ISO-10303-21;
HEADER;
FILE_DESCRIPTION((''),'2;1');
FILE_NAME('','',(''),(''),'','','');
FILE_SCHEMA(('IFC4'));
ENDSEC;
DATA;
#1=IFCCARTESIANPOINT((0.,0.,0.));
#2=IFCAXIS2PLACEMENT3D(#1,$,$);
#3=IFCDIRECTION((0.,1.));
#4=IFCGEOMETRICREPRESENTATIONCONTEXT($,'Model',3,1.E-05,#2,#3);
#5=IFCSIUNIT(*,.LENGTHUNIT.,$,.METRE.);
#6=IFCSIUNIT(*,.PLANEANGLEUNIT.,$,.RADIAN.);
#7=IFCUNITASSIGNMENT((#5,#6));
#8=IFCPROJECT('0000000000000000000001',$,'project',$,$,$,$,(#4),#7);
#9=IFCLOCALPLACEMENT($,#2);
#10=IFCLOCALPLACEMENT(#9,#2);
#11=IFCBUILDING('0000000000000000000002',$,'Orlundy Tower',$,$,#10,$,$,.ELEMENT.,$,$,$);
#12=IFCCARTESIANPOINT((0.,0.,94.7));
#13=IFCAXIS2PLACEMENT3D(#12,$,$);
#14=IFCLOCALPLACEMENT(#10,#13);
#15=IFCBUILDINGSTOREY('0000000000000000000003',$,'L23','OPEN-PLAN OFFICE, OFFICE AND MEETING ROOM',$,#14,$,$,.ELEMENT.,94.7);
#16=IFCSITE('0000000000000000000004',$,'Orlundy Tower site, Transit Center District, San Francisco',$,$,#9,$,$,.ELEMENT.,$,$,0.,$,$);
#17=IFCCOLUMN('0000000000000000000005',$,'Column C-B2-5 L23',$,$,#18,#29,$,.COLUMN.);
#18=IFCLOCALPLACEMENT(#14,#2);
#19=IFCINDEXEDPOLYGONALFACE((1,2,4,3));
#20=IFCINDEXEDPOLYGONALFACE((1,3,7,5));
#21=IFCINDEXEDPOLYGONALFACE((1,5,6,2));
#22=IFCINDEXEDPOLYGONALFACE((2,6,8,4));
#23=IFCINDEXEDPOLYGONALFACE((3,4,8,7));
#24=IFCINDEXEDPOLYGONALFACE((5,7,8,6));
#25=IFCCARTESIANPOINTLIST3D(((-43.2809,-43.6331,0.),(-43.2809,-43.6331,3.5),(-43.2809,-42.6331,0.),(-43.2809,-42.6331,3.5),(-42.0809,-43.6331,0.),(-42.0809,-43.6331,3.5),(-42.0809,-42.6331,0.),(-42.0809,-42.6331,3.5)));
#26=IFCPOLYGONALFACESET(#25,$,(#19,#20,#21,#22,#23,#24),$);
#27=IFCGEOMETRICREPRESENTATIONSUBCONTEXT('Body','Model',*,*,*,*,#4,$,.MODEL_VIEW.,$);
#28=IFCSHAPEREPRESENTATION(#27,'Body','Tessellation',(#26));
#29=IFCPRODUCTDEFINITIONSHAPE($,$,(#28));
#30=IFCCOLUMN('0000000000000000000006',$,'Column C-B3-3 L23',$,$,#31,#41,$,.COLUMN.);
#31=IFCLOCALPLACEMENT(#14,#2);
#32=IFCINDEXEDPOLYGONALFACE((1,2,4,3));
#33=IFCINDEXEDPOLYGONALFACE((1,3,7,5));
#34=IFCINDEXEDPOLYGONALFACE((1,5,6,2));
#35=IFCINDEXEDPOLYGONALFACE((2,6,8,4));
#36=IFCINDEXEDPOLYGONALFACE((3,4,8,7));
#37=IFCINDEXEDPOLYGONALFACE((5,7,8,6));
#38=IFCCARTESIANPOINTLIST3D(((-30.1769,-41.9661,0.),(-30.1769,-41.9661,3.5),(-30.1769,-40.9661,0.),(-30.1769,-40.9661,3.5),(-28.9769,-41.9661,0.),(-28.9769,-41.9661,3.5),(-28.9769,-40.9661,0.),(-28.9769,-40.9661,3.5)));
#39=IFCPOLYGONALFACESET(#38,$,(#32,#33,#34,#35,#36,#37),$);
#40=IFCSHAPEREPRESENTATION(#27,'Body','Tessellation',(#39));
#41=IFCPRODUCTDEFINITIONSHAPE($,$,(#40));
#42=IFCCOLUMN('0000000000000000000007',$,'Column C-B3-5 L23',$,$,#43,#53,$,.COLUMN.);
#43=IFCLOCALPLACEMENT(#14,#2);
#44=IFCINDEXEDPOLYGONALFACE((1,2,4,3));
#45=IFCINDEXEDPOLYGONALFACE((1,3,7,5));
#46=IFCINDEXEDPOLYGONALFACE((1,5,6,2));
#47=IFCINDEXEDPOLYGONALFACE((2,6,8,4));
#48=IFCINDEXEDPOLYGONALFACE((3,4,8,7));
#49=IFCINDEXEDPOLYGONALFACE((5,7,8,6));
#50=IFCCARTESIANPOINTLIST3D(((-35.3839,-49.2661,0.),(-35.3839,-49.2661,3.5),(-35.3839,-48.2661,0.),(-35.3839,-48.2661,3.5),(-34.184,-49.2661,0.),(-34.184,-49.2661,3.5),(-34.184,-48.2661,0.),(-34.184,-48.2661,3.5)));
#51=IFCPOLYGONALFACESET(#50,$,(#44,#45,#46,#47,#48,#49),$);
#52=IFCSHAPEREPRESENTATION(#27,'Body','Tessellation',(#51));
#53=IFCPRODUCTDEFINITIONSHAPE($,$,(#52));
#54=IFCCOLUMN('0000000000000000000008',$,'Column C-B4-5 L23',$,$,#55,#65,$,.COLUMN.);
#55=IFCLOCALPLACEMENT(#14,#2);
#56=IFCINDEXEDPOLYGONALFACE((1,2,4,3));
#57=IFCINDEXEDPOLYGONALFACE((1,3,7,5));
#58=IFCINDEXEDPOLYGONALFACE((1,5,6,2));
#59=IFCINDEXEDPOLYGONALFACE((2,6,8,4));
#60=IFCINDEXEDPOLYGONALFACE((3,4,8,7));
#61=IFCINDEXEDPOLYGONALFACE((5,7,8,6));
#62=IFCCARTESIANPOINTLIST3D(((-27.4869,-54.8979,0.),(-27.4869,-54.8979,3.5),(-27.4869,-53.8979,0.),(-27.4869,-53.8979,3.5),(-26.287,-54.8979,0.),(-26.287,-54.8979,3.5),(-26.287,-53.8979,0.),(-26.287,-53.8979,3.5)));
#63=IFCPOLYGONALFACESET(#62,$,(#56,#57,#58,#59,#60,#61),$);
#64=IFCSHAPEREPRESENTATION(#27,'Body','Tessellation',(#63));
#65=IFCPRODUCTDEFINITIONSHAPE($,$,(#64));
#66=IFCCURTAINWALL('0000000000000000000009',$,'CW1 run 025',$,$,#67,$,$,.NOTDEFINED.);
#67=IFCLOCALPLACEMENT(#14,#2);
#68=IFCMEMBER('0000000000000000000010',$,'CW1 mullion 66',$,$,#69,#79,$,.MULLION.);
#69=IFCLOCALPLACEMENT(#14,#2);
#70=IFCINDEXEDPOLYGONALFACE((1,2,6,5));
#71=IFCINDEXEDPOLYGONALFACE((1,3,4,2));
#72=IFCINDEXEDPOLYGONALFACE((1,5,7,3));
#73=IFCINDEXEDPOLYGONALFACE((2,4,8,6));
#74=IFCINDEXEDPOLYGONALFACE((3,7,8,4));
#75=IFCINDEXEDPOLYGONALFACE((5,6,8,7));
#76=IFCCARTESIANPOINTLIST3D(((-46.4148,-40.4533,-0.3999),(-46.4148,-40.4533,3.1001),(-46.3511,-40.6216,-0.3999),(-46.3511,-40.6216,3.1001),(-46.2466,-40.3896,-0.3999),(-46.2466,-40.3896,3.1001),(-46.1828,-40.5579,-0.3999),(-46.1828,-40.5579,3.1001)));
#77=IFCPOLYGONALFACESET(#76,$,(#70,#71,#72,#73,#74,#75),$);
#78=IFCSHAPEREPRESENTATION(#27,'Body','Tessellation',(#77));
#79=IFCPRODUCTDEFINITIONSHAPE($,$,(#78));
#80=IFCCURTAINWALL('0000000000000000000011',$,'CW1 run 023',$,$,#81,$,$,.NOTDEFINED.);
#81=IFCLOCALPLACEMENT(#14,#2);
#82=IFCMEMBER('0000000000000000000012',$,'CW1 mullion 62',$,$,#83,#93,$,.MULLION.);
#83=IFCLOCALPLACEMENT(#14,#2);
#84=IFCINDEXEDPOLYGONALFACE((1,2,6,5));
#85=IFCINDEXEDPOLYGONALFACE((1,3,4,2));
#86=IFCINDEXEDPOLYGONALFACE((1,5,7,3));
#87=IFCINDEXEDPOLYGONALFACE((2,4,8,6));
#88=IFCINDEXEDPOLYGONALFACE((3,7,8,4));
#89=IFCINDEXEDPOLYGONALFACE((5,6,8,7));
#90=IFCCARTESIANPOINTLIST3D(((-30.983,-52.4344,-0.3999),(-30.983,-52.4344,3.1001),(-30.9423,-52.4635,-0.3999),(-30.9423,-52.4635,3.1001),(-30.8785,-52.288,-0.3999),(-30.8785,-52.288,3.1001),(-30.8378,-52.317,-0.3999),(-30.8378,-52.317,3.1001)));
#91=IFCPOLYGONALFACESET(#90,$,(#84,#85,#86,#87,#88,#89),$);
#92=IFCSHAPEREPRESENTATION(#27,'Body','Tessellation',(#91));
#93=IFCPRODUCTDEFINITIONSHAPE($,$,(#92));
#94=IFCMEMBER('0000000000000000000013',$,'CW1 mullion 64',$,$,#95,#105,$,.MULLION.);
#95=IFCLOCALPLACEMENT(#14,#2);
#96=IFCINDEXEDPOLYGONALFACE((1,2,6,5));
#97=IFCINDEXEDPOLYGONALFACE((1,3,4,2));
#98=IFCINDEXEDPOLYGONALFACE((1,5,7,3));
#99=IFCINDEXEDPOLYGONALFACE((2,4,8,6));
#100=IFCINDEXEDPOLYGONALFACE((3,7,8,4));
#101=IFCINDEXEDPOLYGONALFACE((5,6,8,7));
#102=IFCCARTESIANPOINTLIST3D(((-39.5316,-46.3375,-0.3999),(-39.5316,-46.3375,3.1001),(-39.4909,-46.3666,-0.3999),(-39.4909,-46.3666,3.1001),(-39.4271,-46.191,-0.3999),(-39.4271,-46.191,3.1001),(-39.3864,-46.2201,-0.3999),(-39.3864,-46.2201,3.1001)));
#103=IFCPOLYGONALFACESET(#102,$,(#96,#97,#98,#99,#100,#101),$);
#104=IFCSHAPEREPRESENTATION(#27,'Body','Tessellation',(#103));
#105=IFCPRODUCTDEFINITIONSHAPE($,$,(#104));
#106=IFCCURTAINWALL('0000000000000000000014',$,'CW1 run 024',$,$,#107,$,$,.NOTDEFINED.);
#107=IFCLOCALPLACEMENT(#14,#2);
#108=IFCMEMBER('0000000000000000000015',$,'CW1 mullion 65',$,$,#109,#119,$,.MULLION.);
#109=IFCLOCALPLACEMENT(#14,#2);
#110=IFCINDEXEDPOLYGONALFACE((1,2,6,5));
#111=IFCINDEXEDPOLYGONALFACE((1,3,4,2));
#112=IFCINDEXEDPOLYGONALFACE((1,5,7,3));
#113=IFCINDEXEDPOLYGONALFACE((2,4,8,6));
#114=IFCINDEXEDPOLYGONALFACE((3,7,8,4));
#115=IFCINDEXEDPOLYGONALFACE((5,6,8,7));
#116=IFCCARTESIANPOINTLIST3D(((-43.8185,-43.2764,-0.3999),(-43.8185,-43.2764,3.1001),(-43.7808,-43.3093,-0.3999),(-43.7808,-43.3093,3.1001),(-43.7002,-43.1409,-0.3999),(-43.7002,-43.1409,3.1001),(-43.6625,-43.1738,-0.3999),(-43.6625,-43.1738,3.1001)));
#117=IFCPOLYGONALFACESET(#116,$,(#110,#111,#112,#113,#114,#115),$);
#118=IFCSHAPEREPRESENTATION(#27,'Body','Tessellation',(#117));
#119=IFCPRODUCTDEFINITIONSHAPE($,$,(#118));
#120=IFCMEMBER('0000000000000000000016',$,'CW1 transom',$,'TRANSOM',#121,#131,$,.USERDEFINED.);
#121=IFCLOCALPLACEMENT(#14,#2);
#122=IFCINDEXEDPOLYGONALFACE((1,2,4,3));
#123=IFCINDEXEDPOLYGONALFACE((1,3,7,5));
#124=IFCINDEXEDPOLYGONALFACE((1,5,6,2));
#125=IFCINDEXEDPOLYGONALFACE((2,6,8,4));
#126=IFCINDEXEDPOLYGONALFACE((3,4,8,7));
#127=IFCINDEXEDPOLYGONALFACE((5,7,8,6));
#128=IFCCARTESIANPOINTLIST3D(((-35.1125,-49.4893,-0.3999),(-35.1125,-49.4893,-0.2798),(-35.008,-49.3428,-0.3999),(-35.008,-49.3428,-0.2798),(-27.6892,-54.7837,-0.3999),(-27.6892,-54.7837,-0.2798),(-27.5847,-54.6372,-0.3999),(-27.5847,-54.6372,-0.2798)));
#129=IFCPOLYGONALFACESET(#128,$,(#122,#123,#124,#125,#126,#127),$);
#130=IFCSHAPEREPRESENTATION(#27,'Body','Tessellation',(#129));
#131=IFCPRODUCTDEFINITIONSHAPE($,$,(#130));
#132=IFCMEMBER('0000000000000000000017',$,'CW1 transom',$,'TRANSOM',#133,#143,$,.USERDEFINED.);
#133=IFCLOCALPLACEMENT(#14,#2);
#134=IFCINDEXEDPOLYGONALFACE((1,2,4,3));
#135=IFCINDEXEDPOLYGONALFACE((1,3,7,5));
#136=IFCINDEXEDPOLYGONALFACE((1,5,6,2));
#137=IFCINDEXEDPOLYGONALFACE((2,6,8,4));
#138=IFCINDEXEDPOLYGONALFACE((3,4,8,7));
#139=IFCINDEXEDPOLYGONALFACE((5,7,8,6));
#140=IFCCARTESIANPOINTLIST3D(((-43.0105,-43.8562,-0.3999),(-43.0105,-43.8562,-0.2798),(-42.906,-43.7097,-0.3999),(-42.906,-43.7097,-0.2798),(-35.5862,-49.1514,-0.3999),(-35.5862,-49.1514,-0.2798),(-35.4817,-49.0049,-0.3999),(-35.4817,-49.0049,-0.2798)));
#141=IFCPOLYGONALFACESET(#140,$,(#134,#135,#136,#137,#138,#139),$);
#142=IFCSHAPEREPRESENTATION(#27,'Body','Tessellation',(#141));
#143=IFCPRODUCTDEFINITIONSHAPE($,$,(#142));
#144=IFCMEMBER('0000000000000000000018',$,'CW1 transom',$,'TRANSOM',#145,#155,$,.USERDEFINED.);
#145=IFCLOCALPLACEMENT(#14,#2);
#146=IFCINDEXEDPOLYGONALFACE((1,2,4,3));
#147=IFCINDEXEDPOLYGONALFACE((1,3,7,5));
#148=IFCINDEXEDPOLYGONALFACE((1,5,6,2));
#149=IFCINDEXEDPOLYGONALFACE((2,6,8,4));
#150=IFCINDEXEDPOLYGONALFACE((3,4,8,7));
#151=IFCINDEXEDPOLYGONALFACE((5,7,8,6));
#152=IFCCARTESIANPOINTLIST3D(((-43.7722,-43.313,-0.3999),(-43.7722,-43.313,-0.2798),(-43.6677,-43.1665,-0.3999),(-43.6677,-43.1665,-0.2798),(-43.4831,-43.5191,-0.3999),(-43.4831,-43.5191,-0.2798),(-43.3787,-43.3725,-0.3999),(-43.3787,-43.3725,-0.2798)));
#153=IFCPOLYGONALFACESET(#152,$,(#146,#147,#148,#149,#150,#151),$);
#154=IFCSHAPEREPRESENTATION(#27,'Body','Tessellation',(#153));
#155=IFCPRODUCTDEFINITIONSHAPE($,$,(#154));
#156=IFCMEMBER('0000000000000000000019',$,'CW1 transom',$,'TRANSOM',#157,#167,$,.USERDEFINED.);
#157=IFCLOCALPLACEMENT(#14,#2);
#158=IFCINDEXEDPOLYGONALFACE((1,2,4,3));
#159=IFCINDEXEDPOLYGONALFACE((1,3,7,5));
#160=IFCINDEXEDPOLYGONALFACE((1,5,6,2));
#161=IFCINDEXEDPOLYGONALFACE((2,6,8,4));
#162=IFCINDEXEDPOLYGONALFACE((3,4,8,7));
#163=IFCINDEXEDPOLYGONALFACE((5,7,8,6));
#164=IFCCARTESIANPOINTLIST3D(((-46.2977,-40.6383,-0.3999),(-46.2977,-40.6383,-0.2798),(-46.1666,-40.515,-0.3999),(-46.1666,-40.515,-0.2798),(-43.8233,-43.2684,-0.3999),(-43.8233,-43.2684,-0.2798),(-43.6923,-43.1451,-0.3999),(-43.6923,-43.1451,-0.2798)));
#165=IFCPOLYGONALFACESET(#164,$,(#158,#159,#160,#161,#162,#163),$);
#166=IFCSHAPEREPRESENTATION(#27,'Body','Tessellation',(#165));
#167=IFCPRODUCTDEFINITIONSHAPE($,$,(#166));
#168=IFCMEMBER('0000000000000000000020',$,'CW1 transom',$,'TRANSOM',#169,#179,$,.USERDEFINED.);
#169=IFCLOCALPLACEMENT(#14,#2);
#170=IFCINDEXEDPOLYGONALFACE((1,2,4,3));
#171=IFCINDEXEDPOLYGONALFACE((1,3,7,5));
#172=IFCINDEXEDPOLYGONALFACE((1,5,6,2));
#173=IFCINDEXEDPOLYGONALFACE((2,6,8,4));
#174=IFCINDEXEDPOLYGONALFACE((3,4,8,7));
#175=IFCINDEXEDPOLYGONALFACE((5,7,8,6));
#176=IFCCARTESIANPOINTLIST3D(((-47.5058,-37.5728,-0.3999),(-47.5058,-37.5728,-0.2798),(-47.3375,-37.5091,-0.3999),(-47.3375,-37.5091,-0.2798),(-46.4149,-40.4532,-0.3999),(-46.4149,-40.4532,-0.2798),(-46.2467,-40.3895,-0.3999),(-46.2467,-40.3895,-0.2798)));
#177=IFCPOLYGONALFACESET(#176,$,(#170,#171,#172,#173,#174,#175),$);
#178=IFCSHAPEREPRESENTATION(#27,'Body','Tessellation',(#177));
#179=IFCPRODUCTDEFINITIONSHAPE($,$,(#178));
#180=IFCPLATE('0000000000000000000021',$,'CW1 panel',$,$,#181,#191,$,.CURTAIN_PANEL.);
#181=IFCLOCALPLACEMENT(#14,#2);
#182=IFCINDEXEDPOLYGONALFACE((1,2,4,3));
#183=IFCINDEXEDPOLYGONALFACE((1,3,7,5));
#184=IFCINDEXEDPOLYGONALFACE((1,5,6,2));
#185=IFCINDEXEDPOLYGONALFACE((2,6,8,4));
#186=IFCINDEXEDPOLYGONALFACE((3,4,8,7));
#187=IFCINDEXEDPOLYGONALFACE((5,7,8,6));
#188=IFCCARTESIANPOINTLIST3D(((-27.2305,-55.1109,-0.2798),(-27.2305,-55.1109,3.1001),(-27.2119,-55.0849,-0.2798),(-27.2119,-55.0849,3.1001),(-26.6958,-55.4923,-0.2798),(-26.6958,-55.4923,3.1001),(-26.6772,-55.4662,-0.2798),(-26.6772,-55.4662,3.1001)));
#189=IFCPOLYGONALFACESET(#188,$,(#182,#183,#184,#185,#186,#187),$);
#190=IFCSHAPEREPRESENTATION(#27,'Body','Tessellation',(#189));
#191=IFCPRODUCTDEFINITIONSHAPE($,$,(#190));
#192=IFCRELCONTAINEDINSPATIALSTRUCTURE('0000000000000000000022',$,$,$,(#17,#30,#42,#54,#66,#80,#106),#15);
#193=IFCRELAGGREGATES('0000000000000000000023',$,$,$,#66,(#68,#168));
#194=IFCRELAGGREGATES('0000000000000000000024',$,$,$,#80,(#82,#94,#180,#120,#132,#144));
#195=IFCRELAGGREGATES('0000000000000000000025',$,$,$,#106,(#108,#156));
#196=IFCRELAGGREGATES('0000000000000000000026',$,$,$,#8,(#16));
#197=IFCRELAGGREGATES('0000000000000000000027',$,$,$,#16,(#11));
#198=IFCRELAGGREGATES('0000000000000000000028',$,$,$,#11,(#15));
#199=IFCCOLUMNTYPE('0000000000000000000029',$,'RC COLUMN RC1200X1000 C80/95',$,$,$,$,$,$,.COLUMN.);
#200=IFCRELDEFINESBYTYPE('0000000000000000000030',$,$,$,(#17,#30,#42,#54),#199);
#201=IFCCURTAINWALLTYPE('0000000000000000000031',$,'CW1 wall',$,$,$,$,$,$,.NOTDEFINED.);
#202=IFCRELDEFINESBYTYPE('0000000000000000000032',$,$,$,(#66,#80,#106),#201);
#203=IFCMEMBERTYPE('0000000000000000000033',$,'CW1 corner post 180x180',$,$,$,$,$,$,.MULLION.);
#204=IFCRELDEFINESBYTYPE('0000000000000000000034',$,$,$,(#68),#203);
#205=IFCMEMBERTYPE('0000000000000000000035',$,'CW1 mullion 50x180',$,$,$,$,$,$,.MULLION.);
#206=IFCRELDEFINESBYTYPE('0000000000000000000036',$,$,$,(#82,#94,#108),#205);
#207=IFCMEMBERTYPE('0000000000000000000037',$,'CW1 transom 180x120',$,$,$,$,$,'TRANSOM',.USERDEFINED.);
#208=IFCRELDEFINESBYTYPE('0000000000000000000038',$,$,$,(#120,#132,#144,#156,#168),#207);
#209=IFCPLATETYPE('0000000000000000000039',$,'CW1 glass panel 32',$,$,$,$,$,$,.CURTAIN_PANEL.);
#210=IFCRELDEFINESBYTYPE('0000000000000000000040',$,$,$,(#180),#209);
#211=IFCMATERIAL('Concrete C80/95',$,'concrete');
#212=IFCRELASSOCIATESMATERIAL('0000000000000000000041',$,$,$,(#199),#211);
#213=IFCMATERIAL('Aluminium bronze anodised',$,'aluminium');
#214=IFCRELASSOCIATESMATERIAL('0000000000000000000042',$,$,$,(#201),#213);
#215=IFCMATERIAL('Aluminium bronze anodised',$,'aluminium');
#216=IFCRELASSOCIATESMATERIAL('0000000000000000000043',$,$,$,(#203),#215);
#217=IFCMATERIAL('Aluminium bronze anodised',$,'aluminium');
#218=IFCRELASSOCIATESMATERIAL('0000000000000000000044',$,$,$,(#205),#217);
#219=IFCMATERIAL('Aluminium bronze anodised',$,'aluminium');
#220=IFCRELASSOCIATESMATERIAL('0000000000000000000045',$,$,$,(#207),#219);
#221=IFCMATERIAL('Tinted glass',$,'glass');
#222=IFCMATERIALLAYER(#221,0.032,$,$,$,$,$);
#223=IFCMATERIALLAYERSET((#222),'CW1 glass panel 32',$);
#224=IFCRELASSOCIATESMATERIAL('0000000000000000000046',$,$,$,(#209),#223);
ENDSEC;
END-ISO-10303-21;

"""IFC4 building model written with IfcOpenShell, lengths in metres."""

from ifc_helpers import new_model, si_unit, direction, frame, origin, origin_2d, place, context, subcontext, project, spatial, rectangle, extrude, material, layer, layer_set, material_profile, profile_set, type_object, element, aggregate, save


model = new_model("IFC4")

# Units and contexts
model_context = context("Model", 3, precision=1e-05, world=origin(), true_north=direction((0.0, 1.0)))
body_context = subcontext(model_context, "Body", "Model", "MODEL_VIEW")
ifc_project = project(units=[si_unit("LENGTHUNIT", "METRE"), si_unit("PLANEANGLEUNIT", "RADIAN")], contexts=[model_context])

# Site, building, storey
site_placement = place(None, origin())
site = spatial("IfcSite", under=ifc_project, at=site_placement, Name="Orlundy Tower site, Transit Center District, San Francisco", CompositionType="ELEMENT", RefElevation=0.0)
building_placement = place(site_placement, origin())
building = spatial("IfcBuilding", under=site, at=building_placement, Name="Orlundy Tower", CompositionType="ELEMENT")
storey_placement = place(building_placement, frame((0.0, 0.0, 94.7)))
storey = spatial("IfcBuildingStorey", under=building, at=storey_placement, Name="L23", Description="OPEN-PLAN OFFICE, OFFICE AND MEETING ROOM", CompositionType="ELEMENT", Elevation=94.7)

# Columns
ifc_material_1 = material(Name="Concrete C80/95", Category="concrete")
ifc_material_profile_1 = material_profile(ifc_material_1, rectangle(XDim=1.2, YDim=1.0, at=origin_2d()), Name="RC1200X1000")
ifc_profile_set_1 = profile_set([ifc_material_profile_1], Name="Concrete C80/95")
column_type = type_object("IfcColumnType", Name="RC COLUMN RC1200X1000 C80/95", PredefinedType="COLUMN", material=ifc_profile_set_1)
for number, where, z_axis, x_axis, name in (
    (1, (-42.6809, -43.1331, 0.0), (0.0, 0.0, 1.0), (1.0, 0.0, 0.0), "Column C-B2-5 L23"),
    (2, (-29.5769, -41.4661, 0.0), (0.0, 0.0, 1.0), (1.0, 0.0, 0.0), "Column C-B3-3 L23"),
    (3, (-34.7839, -48.7661, 0.0), (0.0, 0.0, 1.0), (1.0, 0.0, 0.0), "Column C-B3-5 L23"),
    (4, (-26.887, -54.3979, 0.0), (0.0, 0.0, 1.0), (1.0, 0.0, 0.0), "Column C-B4-5 L23"),
):
    element("IfcColumn", number, at=place(storey_placement, frame(where, z_axis=z_axis, x_axis=x_axis)), inside=storey, type_object=column_type, Name=name, PredefinedType="COLUMN", context=body_context, shape_type="SweptSolid", body=[
        extrude(rectangle(XDim=1.2, YDim=1.0, at=origin_2d()), origin(), (0.0, 0.0, 1.0), 3.5),
    ])

# Curtain wall, member
ifc_material_2 = material(Name="Aluminium bronze anodised", Category="aluminium")
curtain_wall_type = type_object("IfcCurtainWallType", Name="CW1 wall", PredefinedType="NOTDEFINED", material=ifc_material_2)
curtain_wall_1_placement = place(storey_placement, origin())
curtain_wall_1 = element("IfcCurtainWall", 5, at=curtain_wall_1_placement, inside=storey, type_object=curtain_wall_type, Name="CW1 run 025", PredefinedType="NOTDEFINED")
ifc_material_3 = material(Name="Aluminium bronze anodised", Category="aluminium")
ifc_material_profile_2 = material_profile(ifc_material_3, rectangle(XDim=0.1799, YDim=0.1799, at=origin_2d()), Name="CW1 corner post 180x180")
ifc_profile_set_2 = profile_set([ifc_material_profile_2], Name="Aluminium bronze anodised")
member_type_1 = type_object("IfcMemberType", Name="CW1 corner post 180x180", PredefinedType="MULLION", material=ifc_profile_set_2)
member_1_placement = place(storey_placement, frame((-46.2988, -40.5056, -0.3999), z_axis=(0.0, 0.0, 1.0), x_axis=(-0.935182, -0.354166, 0.0)))
member_1 = element("IfcMember", 6, at=member_1_placement, type_object=member_type_1, Name="CW1 mullion 66", PredefinedType="MULLION", context=body_context, shape_type="SweptSolid", body=[
    extrude(rectangle(XDim=0.1799, YDim=0.1799, at=origin_2d()), origin(), (0.0, 0.0, 1.0), 3.5),
])

# Curtain wall, members
curtain_wall_2_placement = place(storey_placement, origin())
curtain_wall_2 = element("IfcCurtainWall", 7, at=curtain_wall_2_placement, inside=storey, type_object=curtain_wall_type, Name="CW1 run 023", PredefinedType="NOTDEFINED")
ifc_material_4 = material(Name="Aluminium bronze anodised", Category="aluminium")
ifc_material_profile_3 = material_profile(ifc_material_4, rectangle(XDim=0.1799, YDim=0.05, at=origin_2d()), Name="CW1 mullion 50x180")
ifc_profile_set_3 = profile_set([ifc_material_profile_3], Name="Aluminium bronze anodised")
member_type_2 = type_object("IfcMemberType", Name="CW1 mullion 50x180", PredefinedType="MULLION", material=ifc_profile_set_3)
member_2_placement = place(storey_placement, frame((-30.9104, -52.3757, -0.3999), z_axis=(0.0, 0.0, 1.0), x_axis=(-0.580666, -0.814142, 0.0)))
member_2 = element("IfcMember", 8, at=member_2_placement, type_object=member_type_2, Name="CW1 mullion 62", PredefinedType="MULLION", context=body_context, shape_type="SweptSolid", body=[
    extrude(rectangle(XDim=0.1799, YDim=0.05, at=origin_2d()), origin(), (0.0, 0.0, 1.0), 3.5),
])
member_3_placement = place(storey_placement, frame((-39.459, -46.2788, -0.3999), z_axis=(0.0, 0.0, 1.0), x_axis=(-0.580666, -0.814142, 0.0)))
member_3 = element("IfcMember", 9, at=member_3_placement, type_object=member_type_2, Name="CW1 mullion 64", PredefinedType="MULLION", context=body_context, shape_type="SweptSolid", body=[
    extrude(rectangle(XDim=0.1799, YDim=0.05, at=origin_2d()), origin(), (0.0, 0.0, 1.0), 3.5),
])

# Curtain wall, member
curtain_wall_3_placement = place(storey_placement, origin())
curtain_wall_3 = element("IfcCurtainWall", 10, at=curtain_wall_3_placement, inside=storey, type_object=curtain_wall_type, Name="CW1 run 024", PredefinedType="NOTDEFINED")
member_4_placement = place(storey_placement, frame((-43.7405, -43.2251, -0.3999), z_axis=(0.0, 0.0, 1.0), x_axis=(-0.65768, -0.753297, 0.0)))
member_4 = element("IfcMember", 11, at=member_4_placement, type_object=member_type_2, Name="CW1 mullion 65", PredefinedType="MULLION", context=body_context, shape_type="SweptSolid", body=[
    extrude(rectangle(XDim=0.1799, YDim=0.05, at=origin_2d()), origin(), (0.0, 0.0, 1.0), 3.5),
])

# Members
ifc_material_5 = material(Name="Aluminium bronze anodised", Category="aluminium")
ifc_material_profile_4 = material_profile(ifc_material_5, rectangle(XDim=0.1799, YDim=0.1201, at=origin_2d()), Name="CW1 transom 180x120")
ifc_profile_set_4 = profile_set([ifc_material_profile_4], Name="Aluminium bronze anodised")
member_type_3 = type_object("IfcMemberType", Name="CW1 transom 180x120", ElementType="TRANSOM", PredefinedType="USERDEFINED", material=ifc_profile_set_4)
member_5_placement = place(storey_placement, frame((-27.637, -54.7104, -0.3398), z_axis=(-0.814146, 0.580661, 0.0), x_axis=(-0.580661, -0.814146, 0.0)))
member_5 = element("IfcMember", 12, at=member_5_placement, type_object=member_type_3, Name="CW1 transom", ObjectType="TRANSOM", PredefinedType="USERDEFINED", context=body_context, shape_type="SweptSolid", body=[
    extrude(rectangle(XDim=0.1799, YDim=0.1201, at=origin_2d()), origin(), (0.0, 0.0, 1.0), 9.1179),
])
member_6_placement = place(storey_placement, frame((-35.5339, -49.0781, -0.3398), z_axis=(-0.814144, 0.580663, 0.0), x_axis=(-0.580663, -0.814144, 0.0)))
member_6 = element("IfcMember", 13, at=member_6_placement, type_object=member_type_3, Name="CW1 transom", ObjectType="TRANSOM", PredefinedType="USERDEFINED", context=body_context, shape_type="SweptSolid", body=[
    extrude(rectangle(XDim=0.1799, YDim=0.1201, at=origin_2d()), origin(), (0.0, 0.0, 1.0), 9.1191),
])
member_7_placement = place(storey_placement, frame((-43.4309, -43.4458, -0.3398), z_axis=(-0.814291, 0.580457, 0.0), x_axis=(-0.580457, -0.814291, 0.0)))
member_7 = element("IfcMember", 14, at=member_7_placement, type_object=member_type_3, Name="CW1 transom", ObjectType="TRANSOM", PredefinedType="USERDEFINED", context=body_context, shape_type="SweptSolid", body=[
    extrude(rectangle(XDim=0.1799, YDim=0.1201, at=origin_2d()), origin(), (0.0, 0.0, 1.0), 0.355),
])
member_8_placement = place(storey_placement, frame((-43.7578, -43.2068, -0.3398), z_axis=(-0.685211, 0.728345, 0.0), x_axis=(-0.728345, -0.685211, 0.0)))
member_8 = element("IfcMember", 15, at=member_8_placement, type_object=member_type_3, Name="CW1 transom", ObjectType="TRANSOM", PredefinedType="USERDEFINED", context=body_context, shape_type="SweptSolid", body=[
    extrude(rectangle(XDim=0.1799, YDim=0.1201, at=origin_2d()), origin(), (0.0, 0.0, 1.0), 3.6111),
])
member_9_placement = place(storey_placement, frame((-46.3308, -40.4214, -0.3398), z_axis=(-0.354162, 0.935184, 0.0), x_axis=(-0.935184, -0.354162, 0.0)))
member_9 = element("IfcMember", 16, at=member_9_placement, type_object=member_type_3, Name="CW1 transom", ObjectType="TRANSOM", PredefinedType="USERDEFINED", context=body_context, shape_type="SweptSolid", body=[
    extrude(rectangle(XDim=0.1799, YDim=0.1201, at=origin_2d()), origin(), (0.0, 0.0, 1.0), 3.0801),
])
aggregate(curtain_wall_1, [member_1, member_9])

# Plate
ifc_material_6 = material(Name="Tinted glass", Category="glass")
ifc_layer_1 = layer(ifc_material_6, 0.032)
ifc_layer_set_1 = layer_set([ifc_layer_1], Name="CW1 glass panel 32")
plate_type = type_object("IfcPlateType", Name="CW1 glass panel 32", PredefinedType="CURTAIN_PANEL", material=ifc_layer_set_1)
plate_1_placement = place(storey_placement, frame((-26.9539, -55.2886, -0.2798), z_axis=(0.0, 0.0, 1.0), x_axis=(-0.814142, 0.580666, 0.0)))
plate_1 = element("IfcPlate", 17, at=plate_1_placement, type_object=plate_type, Name="CW1 panel", PredefinedType="CURTAIN_PANEL", context=body_context, shape_type="SweptSolid", body=[
    extrude(rectangle(XDim=0.6567, YDim=0.032, at=origin_2d()), origin(), (0.0, 0.0, 1.0), 3.3799),
])
aggregate(curtain_wall_2, [member_2, member_3, plate_1, member_5, member_6, member_7])
aggregate(curtain_wall_3, [member_4, member_8])

save(model, "model.ifc")
